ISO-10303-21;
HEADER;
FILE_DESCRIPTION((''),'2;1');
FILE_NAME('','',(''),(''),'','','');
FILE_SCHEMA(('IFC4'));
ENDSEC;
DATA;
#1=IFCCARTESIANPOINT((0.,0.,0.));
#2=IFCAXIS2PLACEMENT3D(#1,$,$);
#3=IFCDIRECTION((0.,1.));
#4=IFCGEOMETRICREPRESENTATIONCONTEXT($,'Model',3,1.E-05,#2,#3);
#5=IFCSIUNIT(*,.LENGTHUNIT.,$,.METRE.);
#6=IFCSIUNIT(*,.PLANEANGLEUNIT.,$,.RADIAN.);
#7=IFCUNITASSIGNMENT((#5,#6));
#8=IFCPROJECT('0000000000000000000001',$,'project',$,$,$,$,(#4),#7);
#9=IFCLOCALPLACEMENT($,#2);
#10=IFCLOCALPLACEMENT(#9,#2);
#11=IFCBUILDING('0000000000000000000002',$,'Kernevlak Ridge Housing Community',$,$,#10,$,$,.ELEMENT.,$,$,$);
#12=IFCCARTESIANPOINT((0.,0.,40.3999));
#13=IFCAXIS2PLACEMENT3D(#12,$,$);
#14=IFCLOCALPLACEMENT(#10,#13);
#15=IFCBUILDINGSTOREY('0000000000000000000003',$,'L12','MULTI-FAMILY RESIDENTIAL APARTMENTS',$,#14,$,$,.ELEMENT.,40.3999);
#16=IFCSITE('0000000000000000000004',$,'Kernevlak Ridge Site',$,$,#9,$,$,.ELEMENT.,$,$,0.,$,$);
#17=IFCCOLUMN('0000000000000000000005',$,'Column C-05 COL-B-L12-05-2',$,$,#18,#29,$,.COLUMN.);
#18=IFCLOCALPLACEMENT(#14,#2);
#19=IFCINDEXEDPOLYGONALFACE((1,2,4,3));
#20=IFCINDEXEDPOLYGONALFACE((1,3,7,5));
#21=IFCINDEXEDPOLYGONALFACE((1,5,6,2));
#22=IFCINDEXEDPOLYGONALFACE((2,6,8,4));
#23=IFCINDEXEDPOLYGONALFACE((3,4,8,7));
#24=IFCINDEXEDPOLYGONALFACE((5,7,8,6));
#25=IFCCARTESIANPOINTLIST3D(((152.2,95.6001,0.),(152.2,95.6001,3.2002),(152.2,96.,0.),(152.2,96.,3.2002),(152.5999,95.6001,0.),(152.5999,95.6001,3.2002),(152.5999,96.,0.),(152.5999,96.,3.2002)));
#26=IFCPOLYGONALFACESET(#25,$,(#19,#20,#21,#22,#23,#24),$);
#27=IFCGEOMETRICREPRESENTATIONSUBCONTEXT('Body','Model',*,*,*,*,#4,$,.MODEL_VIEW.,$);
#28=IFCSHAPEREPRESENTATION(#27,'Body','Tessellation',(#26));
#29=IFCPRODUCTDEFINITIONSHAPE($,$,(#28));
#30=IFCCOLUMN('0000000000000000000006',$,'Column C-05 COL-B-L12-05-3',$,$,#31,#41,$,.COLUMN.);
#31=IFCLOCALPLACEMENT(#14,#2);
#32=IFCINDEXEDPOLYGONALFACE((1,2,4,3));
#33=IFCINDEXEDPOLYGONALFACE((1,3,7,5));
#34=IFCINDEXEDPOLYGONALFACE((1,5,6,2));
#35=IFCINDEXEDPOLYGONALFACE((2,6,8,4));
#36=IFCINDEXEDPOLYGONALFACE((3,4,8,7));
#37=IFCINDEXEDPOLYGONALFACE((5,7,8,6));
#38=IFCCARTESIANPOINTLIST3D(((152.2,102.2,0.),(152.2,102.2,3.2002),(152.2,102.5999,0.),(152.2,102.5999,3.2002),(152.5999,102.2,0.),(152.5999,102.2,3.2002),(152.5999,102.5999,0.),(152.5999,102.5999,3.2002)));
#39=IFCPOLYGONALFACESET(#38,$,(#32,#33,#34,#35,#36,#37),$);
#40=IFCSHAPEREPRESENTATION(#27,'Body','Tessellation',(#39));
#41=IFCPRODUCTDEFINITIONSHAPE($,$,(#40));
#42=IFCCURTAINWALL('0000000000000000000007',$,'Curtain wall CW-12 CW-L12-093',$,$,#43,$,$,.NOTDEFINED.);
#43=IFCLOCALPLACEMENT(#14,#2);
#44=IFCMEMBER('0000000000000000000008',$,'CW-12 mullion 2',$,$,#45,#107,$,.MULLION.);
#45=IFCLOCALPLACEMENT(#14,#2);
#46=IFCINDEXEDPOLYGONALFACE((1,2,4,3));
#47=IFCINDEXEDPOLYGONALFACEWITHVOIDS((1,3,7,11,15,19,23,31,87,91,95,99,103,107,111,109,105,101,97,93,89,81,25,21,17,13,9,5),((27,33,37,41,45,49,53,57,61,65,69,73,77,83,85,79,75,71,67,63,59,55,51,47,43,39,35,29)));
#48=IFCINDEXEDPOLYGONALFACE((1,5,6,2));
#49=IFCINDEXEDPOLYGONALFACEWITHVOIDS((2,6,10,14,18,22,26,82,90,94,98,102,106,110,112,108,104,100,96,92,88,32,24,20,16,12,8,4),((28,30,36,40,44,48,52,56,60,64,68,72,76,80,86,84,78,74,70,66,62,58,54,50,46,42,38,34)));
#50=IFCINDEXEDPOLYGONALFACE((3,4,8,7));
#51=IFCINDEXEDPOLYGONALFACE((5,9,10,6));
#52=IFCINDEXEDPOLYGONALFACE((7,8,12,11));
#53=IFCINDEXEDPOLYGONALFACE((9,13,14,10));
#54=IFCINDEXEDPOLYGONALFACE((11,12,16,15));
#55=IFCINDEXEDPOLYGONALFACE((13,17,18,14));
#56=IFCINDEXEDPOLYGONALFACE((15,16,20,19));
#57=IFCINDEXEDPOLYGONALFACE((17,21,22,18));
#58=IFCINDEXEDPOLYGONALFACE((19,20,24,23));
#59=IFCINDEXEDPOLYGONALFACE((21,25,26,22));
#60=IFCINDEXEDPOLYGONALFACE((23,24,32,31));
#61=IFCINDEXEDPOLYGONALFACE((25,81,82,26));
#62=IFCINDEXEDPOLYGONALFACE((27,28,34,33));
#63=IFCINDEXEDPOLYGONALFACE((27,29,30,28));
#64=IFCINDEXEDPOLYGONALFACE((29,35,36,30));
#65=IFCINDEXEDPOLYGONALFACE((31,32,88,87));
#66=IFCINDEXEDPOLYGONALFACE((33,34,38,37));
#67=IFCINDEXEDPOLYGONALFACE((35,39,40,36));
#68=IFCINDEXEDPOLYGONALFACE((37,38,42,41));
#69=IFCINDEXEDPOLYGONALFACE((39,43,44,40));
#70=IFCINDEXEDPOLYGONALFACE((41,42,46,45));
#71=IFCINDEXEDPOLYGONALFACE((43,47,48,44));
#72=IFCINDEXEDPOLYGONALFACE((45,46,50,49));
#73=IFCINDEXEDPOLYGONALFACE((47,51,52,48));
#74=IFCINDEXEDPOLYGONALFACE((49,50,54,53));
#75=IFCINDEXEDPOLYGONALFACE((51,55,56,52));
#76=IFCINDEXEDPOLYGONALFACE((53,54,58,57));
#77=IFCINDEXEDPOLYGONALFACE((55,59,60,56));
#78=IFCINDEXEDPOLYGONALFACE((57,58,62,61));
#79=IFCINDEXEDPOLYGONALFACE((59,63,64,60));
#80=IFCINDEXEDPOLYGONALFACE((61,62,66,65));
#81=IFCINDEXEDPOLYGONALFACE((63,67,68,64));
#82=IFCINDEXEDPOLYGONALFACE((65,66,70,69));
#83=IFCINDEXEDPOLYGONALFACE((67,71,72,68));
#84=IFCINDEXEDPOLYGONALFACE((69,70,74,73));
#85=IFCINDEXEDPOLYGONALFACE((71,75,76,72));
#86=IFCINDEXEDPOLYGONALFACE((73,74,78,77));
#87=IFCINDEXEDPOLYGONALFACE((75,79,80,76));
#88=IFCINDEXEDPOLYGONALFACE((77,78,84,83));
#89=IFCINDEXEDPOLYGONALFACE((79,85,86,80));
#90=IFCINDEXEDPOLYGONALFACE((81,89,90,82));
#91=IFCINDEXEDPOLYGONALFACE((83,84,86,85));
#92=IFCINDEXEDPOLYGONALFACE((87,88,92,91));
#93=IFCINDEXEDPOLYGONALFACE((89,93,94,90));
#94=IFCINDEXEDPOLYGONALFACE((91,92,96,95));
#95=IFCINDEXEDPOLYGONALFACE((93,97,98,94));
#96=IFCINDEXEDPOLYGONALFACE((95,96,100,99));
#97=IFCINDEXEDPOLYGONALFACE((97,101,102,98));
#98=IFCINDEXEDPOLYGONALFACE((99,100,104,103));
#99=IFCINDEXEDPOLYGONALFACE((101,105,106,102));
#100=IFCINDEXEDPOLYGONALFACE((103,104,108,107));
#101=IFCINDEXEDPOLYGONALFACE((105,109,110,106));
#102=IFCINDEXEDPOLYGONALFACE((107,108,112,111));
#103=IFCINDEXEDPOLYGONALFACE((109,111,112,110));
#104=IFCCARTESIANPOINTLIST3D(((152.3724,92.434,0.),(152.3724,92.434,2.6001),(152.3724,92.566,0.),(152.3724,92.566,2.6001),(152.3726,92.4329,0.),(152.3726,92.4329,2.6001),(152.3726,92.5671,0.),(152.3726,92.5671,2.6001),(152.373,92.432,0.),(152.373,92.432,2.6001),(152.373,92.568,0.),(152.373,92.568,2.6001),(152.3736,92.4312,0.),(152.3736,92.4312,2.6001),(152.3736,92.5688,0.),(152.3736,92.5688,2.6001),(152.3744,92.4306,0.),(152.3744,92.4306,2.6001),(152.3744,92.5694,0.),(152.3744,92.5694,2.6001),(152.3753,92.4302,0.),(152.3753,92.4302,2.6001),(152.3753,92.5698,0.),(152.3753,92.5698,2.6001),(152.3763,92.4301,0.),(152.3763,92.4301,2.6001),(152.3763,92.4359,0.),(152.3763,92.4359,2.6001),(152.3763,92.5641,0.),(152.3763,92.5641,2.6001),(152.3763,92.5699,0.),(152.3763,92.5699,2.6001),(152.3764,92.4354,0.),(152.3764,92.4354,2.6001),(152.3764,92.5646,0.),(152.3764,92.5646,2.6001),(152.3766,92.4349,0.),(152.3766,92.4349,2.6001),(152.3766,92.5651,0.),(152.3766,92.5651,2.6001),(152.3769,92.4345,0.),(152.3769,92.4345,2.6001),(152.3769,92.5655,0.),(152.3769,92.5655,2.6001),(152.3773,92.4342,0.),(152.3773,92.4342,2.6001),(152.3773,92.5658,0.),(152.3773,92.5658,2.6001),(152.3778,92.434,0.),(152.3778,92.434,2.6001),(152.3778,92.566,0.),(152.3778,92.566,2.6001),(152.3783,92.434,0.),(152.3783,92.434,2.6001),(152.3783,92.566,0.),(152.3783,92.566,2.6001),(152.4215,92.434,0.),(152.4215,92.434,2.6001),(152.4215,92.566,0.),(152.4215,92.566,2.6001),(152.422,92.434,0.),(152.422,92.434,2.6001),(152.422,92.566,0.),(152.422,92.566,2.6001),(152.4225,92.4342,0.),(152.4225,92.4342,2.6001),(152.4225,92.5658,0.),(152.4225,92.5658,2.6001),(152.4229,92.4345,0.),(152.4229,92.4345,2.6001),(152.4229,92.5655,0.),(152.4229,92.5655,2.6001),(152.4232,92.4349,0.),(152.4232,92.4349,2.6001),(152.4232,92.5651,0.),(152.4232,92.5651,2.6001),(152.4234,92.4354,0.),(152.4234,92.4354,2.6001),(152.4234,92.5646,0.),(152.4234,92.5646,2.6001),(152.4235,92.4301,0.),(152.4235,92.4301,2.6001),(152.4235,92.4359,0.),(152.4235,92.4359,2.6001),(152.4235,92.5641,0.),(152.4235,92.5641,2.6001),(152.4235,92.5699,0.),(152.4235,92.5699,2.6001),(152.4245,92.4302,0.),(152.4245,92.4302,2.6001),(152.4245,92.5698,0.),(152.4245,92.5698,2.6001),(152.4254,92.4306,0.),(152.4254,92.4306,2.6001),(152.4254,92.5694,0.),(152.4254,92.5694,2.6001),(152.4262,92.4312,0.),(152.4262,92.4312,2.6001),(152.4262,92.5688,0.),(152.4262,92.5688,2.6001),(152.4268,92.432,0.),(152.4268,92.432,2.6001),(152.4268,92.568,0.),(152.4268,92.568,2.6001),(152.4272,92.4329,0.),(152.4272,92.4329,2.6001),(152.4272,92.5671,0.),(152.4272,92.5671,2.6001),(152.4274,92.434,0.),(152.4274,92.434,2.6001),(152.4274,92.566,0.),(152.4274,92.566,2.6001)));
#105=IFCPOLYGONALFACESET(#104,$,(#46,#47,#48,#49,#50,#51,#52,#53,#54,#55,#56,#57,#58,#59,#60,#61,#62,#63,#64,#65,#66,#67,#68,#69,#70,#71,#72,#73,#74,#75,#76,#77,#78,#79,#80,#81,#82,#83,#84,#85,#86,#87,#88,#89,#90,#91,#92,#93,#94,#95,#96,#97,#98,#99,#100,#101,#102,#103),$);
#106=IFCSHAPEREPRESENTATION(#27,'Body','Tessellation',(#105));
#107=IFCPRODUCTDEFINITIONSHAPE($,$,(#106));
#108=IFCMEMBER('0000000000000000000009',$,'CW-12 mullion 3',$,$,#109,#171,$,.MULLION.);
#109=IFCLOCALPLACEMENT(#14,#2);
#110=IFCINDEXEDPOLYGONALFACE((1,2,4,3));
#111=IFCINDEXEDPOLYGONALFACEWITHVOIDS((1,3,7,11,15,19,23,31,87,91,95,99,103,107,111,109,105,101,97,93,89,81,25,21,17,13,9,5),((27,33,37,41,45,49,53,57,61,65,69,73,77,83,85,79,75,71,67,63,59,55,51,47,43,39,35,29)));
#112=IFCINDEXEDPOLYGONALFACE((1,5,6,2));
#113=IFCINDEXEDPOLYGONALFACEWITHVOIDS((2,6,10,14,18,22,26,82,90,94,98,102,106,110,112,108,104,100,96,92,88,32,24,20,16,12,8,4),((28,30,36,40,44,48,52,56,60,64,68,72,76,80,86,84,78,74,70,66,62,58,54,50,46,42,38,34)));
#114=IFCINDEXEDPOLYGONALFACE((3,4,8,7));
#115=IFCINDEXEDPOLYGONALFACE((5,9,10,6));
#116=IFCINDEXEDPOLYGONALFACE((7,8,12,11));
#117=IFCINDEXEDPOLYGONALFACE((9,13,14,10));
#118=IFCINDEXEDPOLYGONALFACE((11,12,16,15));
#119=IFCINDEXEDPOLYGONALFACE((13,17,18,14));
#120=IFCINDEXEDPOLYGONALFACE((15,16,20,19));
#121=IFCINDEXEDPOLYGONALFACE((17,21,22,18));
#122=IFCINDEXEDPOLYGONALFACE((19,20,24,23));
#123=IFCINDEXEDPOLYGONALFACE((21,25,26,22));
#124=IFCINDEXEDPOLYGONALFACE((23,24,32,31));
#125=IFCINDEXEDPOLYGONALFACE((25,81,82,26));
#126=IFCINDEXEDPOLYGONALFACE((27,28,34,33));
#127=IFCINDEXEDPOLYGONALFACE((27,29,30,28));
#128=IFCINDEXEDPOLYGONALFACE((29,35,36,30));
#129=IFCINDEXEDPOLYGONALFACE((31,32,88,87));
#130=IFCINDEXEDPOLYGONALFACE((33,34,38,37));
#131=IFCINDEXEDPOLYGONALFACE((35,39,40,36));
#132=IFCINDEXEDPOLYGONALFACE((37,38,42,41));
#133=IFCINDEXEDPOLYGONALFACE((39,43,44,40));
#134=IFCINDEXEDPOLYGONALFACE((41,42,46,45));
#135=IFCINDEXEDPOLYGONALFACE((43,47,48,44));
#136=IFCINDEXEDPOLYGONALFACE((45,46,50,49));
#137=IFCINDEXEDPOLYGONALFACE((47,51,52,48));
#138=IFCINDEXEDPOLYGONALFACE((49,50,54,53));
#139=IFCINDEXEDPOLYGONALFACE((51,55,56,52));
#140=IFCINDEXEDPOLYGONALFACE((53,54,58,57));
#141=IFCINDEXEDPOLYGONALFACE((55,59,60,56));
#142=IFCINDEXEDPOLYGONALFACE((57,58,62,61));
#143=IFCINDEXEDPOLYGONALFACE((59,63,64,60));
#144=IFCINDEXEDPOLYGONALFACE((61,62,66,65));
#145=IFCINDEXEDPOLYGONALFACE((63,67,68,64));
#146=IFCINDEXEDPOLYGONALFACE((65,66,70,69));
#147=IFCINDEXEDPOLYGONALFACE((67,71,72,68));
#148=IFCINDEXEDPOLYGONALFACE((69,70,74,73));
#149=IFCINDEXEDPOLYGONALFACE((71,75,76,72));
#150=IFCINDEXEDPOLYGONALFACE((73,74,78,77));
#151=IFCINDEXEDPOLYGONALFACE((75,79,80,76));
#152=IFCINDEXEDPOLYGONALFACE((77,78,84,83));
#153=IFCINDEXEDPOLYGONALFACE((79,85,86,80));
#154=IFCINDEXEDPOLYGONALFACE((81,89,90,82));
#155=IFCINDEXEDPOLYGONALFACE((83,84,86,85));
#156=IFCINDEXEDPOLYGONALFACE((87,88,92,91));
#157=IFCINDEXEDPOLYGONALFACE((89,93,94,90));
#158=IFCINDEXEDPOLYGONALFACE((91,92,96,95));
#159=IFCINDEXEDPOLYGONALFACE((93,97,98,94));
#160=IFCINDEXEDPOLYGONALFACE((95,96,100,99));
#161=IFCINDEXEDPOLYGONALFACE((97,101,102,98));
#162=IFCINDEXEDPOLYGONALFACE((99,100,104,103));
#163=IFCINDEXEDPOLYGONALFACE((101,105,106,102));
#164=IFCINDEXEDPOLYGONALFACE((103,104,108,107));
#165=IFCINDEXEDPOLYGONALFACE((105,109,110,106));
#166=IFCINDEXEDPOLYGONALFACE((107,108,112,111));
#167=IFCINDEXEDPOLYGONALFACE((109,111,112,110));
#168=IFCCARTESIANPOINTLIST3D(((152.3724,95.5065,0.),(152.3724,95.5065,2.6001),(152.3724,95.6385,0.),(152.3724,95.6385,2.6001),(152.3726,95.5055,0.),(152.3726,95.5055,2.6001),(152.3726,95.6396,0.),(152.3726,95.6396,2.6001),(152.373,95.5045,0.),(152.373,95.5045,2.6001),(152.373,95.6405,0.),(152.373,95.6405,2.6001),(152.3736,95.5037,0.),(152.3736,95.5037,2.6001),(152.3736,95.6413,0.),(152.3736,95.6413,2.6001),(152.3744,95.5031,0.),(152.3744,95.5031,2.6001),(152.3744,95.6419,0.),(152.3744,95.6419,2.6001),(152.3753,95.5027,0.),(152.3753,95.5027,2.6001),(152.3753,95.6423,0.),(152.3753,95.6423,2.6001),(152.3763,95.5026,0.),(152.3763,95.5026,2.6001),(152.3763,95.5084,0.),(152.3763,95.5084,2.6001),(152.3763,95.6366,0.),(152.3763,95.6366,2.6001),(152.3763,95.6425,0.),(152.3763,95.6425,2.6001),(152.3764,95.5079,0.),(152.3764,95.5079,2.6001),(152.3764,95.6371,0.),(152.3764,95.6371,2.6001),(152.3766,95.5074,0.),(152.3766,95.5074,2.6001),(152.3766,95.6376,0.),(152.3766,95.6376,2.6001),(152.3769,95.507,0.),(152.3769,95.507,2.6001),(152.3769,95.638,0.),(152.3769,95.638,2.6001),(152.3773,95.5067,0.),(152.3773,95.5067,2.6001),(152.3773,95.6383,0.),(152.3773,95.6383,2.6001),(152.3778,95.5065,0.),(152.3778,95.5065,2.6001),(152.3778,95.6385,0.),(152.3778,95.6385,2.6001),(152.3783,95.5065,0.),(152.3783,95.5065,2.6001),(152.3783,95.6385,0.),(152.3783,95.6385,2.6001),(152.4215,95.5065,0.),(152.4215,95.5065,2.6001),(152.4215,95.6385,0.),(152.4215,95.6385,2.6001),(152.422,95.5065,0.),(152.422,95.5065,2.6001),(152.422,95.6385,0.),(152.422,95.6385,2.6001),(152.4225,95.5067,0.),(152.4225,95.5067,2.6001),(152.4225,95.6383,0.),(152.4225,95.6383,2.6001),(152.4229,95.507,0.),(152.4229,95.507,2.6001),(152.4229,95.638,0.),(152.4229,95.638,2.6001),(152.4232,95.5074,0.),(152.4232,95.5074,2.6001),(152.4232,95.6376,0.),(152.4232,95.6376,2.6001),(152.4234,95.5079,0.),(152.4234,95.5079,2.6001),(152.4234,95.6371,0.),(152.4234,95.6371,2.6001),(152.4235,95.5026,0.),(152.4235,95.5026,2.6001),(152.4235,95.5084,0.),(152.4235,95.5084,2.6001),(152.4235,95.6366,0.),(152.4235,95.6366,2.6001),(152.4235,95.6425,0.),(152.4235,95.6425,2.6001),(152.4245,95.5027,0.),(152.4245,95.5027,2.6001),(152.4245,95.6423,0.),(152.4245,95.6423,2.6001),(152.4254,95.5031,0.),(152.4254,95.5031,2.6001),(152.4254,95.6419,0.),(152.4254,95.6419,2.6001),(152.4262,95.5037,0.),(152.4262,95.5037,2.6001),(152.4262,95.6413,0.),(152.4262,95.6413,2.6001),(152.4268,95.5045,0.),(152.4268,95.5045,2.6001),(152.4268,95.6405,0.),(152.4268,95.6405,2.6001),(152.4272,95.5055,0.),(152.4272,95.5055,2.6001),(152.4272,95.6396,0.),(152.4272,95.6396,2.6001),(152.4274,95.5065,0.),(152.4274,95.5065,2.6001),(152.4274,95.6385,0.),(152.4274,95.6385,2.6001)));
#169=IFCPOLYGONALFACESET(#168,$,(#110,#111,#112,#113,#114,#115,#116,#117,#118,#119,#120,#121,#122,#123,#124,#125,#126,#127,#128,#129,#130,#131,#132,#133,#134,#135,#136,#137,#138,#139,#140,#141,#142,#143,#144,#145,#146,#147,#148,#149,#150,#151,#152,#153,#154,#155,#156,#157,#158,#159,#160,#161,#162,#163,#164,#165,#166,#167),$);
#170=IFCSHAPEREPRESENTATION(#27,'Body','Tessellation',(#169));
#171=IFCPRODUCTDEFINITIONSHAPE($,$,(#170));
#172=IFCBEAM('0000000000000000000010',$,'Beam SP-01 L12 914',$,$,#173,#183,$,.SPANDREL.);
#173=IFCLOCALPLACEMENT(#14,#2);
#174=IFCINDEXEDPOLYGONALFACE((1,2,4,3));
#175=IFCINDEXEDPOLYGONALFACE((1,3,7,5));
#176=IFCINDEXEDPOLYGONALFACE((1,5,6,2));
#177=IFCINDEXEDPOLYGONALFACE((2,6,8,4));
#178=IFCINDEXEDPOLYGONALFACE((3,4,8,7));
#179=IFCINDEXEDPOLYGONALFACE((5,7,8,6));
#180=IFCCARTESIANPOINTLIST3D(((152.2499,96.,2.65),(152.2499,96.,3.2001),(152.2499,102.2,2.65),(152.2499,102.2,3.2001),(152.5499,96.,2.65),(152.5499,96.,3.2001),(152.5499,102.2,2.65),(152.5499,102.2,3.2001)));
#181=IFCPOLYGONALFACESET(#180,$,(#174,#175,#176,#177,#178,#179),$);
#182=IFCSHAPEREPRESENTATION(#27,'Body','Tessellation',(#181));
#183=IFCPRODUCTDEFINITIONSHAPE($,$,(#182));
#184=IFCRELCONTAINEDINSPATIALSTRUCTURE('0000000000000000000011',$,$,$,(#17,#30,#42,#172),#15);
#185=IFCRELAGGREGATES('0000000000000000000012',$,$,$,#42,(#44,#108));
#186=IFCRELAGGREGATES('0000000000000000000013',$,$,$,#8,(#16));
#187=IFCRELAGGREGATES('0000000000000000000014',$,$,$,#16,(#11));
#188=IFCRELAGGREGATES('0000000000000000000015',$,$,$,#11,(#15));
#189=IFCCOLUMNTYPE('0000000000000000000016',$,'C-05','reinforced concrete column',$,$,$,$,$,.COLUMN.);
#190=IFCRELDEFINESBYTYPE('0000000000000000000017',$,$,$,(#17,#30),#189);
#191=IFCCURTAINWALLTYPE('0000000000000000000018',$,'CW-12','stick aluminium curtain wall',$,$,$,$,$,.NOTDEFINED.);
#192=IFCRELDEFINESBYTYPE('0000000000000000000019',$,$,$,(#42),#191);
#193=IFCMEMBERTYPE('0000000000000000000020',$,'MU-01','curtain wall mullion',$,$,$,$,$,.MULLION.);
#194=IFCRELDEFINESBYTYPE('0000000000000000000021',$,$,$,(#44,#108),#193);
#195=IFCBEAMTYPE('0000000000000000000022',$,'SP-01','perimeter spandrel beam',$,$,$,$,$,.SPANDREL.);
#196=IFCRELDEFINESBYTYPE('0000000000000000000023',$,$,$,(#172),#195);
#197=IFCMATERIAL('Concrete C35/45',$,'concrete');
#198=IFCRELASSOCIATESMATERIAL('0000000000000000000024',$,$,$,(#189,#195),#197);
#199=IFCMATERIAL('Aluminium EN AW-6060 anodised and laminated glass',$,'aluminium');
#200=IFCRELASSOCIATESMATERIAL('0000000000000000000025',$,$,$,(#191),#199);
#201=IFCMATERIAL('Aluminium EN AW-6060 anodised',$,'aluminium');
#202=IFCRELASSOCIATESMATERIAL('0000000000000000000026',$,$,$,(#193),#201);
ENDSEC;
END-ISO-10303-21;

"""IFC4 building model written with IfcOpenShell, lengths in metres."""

from ifc_helpers import new_model, si_unit, direction, frame, origin, origin_2d, place, context, subcontext, project, spatial, rectangle, hollow_rectangle, extrude, material, material_profile, profile_set, type_object, element, aggregate, save


model = new_model("IFC4")

# Units and contexts
model_context = context("Model", 3, precision=1e-05, world=origin(), true_north=direction((0.0, 1.0)))
body_context = subcontext(model_context, "Body", "Model", "MODEL_VIEW")
ifc_project = project(units=[si_unit("LENGTHUNIT", "METRE"), si_unit("PLANEANGLEUNIT", "RADIAN")], contexts=[model_context])

# Site, building, storey
site_placement = place(None, origin())
site = spatial("IfcSite", under=ifc_project, at=site_placement, Name="Kernevlak Ridge Site", CompositionType="ELEMENT", RefElevation=0.0)
building_placement = place(site_placement, origin())
building = spatial("IfcBuilding", under=site, at=building_placement, Name="Kernevlak Ridge Housing Community", CompositionType="ELEMENT")
storey_placement = place(building_placement, frame((0.0, 0.0, 40.3999)))
storey = spatial("IfcBuildingStorey", under=building, at=storey_placement, Name="L12", Description="MULTI-FAMILY RESIDENTIAL APARTMENTS", CompositionType="ELEMENT", Elevation=40.3999)

# Columns
ifc_material_1 = material(Name="Concrete C35/45", Category="concrete")
ifc_material_profile_1 = material_profile(ifc_material_1, rectangle(XDim=0.3999, YDim=0.3999, at=origin_2d()), Name="RC 400x400")
ifc_profile_set_1 = profile_set([ifc_material_profile_1], Name="Concrete C35/45")
column_type = type_object("IfcColumnType", Name="C-05", Description="reinforced concrete column", PredefinedType="COLUMN", material=ifc_profile_set_1)
for number, where, z_axis, x_axis, name in (
    (1, (152.3999, 95.8, 0.0), (0.0, 0.0, 1.0), (1.0, 0.0, 0.0), "Column C-05 COL-B-L12-05-2"),
    (2, (152.3999, 102.3999, 0.0), (0.0, 0.0, 1.0), (1.0, 0.0, 0.0), "Column C-05 COL-B-L12-05-3"),
):
    element("IfcColumn", number, at=place(storey_placement, frame(where, z_axis=z_axis, x_axis=x_axis)), inside=storey, type_object=column_type, Name=name, PredefinedType="COLUMN", context=body_context, shape_type="SweptSolid", body=[
        extrude(rectangle(XDim=0.3999, YDim=0.3999, at=origin_2d()), origin(), (0.0, 0.0, 1.0), 3.2002),
    ])

# Curtain wall, members
ifc_material_2 = material(Name="Aluminium EN AW-6060 anodised and laminated glass", Category="aluminium")
curtain_wall_type = type_object("IfcCurtainWallType", Name="CW-12", Description="stick aluminium curtain wall", PredefinedType="NOTDEFINED", material=ifc_material_2)
curtain_wall_placement = place(storey_placement, origin())
curtain_wall = element("IfcCurtainWall", 3, at=curtain_wall_placement, inside=storey, type_object=curtain_wall_type, Name="Curtain wall CW-12 CW-L12-093", PredefinedType="NOTDEFINED")
ifc_material_3 = material(Name="Aluminium EN AW-6060 anodised", Category="aluminium")
ifc_material_profile_2 = material_profile(ifc_material_3, hollow_rectangle(XDim=0.0549, YDim=0.1399, WallThickness=0.0039, InnerFilletRadius=0.002, OuterFilletRadius=0.0039, at=origin_2d()), Name="ALU 55x140x4")
ifc_profile_set_2 = profile_set([ifc_material_profile_2], Name="Aluminium EN AW-6060 anodised")
member_type_1 = type_object("IfcMemberType", Name="MU-01", Description="curtain wall mullion", PredefinedType="MULLION", material=ifc_profile_set_2)
member_1_placement = place(storey_placement, frame((152.3999, 92.5, 0.0), z_axis=(0.0, 0.0, 1.0), x_axis=(-1.0, 0.0, 0.0)))
member_1 = element("IfcMember", 4, at=member_1_placement, type_object=member_type_1, Name="CW-12 mullion 2", PredefinedType="MULLION", context=body_context, shape_type="SweptSolid", body=[
    extrude(hollow_rectangle(XDim=0.0549, YDim=0.1399, WallThickness=0.0039, InnerFilletRadius=0.002, OuterFilletRadius=0.0039, at=origin_2d()), origin(), (0.0, 0.0, 1.0), 2.6001),
])
member_2_placement = place(storey_placement, frame((152.3999, 95.5725, 0.0), z_axis=(0.0, 0.0, 1.0), x_axis=(-1.0, 0.0, 0.0)))
member_2 = element("IfcMember", 5, at=member_2_placement, type_object=member_type_1, Name="CW-12 mullion 3", PredefinedType="MULLION", context=body_context, shape_type="SweptSolid", body=[
    extrude(hollow_rectangle(XDim=0.0549, YDim=0.1399, WallThickness=0.0039, InnerFilletRadius=0.002, OuterFilletRadius=0.0039, at=origin_2d()), origin(), (0.0, 0.0, 1.0), 2.6001),
])

# Beam
ifc_material_profile_3 = material_profile(ifc_material_1, rectangle(XDim=0.3, YDim=0.55, at=origin_2d()), Name="RC 300x550")
ifc_profile_set_3 = profile_set([ifc_material_profile_3], Name="Concrete C35/45")
beam_type = type_object("IfcBeamType", Name="SP-01", Description="perimeter spandrel beam", PredefinedType="SPANDREL", material=ifc_profile_set_3)
beam_placement = place(storey_placement, frame((152.3999, 96.0, 2.925), z_axis=(0.0, 1.0, 0.0), x_axis=(-1.0, 0.0, 0.0)))
element("IfcBeam", 6, at=beam_placement, inside=storey, type_object=beam_type, Name="Beam SP-01 L12 914", PredefinedType="SPANDREL", context=body_context, shape_type="SweptSolid", body=[
    extrude(rectangle(XDim=0.3, YDim=0.55, at=origin_2d()), origin(), (0.0, 0.0, 1.0), 6.2),
])

aggregate(curtain_wall, [member_1, member_2])

save(model, "model.ifc")
